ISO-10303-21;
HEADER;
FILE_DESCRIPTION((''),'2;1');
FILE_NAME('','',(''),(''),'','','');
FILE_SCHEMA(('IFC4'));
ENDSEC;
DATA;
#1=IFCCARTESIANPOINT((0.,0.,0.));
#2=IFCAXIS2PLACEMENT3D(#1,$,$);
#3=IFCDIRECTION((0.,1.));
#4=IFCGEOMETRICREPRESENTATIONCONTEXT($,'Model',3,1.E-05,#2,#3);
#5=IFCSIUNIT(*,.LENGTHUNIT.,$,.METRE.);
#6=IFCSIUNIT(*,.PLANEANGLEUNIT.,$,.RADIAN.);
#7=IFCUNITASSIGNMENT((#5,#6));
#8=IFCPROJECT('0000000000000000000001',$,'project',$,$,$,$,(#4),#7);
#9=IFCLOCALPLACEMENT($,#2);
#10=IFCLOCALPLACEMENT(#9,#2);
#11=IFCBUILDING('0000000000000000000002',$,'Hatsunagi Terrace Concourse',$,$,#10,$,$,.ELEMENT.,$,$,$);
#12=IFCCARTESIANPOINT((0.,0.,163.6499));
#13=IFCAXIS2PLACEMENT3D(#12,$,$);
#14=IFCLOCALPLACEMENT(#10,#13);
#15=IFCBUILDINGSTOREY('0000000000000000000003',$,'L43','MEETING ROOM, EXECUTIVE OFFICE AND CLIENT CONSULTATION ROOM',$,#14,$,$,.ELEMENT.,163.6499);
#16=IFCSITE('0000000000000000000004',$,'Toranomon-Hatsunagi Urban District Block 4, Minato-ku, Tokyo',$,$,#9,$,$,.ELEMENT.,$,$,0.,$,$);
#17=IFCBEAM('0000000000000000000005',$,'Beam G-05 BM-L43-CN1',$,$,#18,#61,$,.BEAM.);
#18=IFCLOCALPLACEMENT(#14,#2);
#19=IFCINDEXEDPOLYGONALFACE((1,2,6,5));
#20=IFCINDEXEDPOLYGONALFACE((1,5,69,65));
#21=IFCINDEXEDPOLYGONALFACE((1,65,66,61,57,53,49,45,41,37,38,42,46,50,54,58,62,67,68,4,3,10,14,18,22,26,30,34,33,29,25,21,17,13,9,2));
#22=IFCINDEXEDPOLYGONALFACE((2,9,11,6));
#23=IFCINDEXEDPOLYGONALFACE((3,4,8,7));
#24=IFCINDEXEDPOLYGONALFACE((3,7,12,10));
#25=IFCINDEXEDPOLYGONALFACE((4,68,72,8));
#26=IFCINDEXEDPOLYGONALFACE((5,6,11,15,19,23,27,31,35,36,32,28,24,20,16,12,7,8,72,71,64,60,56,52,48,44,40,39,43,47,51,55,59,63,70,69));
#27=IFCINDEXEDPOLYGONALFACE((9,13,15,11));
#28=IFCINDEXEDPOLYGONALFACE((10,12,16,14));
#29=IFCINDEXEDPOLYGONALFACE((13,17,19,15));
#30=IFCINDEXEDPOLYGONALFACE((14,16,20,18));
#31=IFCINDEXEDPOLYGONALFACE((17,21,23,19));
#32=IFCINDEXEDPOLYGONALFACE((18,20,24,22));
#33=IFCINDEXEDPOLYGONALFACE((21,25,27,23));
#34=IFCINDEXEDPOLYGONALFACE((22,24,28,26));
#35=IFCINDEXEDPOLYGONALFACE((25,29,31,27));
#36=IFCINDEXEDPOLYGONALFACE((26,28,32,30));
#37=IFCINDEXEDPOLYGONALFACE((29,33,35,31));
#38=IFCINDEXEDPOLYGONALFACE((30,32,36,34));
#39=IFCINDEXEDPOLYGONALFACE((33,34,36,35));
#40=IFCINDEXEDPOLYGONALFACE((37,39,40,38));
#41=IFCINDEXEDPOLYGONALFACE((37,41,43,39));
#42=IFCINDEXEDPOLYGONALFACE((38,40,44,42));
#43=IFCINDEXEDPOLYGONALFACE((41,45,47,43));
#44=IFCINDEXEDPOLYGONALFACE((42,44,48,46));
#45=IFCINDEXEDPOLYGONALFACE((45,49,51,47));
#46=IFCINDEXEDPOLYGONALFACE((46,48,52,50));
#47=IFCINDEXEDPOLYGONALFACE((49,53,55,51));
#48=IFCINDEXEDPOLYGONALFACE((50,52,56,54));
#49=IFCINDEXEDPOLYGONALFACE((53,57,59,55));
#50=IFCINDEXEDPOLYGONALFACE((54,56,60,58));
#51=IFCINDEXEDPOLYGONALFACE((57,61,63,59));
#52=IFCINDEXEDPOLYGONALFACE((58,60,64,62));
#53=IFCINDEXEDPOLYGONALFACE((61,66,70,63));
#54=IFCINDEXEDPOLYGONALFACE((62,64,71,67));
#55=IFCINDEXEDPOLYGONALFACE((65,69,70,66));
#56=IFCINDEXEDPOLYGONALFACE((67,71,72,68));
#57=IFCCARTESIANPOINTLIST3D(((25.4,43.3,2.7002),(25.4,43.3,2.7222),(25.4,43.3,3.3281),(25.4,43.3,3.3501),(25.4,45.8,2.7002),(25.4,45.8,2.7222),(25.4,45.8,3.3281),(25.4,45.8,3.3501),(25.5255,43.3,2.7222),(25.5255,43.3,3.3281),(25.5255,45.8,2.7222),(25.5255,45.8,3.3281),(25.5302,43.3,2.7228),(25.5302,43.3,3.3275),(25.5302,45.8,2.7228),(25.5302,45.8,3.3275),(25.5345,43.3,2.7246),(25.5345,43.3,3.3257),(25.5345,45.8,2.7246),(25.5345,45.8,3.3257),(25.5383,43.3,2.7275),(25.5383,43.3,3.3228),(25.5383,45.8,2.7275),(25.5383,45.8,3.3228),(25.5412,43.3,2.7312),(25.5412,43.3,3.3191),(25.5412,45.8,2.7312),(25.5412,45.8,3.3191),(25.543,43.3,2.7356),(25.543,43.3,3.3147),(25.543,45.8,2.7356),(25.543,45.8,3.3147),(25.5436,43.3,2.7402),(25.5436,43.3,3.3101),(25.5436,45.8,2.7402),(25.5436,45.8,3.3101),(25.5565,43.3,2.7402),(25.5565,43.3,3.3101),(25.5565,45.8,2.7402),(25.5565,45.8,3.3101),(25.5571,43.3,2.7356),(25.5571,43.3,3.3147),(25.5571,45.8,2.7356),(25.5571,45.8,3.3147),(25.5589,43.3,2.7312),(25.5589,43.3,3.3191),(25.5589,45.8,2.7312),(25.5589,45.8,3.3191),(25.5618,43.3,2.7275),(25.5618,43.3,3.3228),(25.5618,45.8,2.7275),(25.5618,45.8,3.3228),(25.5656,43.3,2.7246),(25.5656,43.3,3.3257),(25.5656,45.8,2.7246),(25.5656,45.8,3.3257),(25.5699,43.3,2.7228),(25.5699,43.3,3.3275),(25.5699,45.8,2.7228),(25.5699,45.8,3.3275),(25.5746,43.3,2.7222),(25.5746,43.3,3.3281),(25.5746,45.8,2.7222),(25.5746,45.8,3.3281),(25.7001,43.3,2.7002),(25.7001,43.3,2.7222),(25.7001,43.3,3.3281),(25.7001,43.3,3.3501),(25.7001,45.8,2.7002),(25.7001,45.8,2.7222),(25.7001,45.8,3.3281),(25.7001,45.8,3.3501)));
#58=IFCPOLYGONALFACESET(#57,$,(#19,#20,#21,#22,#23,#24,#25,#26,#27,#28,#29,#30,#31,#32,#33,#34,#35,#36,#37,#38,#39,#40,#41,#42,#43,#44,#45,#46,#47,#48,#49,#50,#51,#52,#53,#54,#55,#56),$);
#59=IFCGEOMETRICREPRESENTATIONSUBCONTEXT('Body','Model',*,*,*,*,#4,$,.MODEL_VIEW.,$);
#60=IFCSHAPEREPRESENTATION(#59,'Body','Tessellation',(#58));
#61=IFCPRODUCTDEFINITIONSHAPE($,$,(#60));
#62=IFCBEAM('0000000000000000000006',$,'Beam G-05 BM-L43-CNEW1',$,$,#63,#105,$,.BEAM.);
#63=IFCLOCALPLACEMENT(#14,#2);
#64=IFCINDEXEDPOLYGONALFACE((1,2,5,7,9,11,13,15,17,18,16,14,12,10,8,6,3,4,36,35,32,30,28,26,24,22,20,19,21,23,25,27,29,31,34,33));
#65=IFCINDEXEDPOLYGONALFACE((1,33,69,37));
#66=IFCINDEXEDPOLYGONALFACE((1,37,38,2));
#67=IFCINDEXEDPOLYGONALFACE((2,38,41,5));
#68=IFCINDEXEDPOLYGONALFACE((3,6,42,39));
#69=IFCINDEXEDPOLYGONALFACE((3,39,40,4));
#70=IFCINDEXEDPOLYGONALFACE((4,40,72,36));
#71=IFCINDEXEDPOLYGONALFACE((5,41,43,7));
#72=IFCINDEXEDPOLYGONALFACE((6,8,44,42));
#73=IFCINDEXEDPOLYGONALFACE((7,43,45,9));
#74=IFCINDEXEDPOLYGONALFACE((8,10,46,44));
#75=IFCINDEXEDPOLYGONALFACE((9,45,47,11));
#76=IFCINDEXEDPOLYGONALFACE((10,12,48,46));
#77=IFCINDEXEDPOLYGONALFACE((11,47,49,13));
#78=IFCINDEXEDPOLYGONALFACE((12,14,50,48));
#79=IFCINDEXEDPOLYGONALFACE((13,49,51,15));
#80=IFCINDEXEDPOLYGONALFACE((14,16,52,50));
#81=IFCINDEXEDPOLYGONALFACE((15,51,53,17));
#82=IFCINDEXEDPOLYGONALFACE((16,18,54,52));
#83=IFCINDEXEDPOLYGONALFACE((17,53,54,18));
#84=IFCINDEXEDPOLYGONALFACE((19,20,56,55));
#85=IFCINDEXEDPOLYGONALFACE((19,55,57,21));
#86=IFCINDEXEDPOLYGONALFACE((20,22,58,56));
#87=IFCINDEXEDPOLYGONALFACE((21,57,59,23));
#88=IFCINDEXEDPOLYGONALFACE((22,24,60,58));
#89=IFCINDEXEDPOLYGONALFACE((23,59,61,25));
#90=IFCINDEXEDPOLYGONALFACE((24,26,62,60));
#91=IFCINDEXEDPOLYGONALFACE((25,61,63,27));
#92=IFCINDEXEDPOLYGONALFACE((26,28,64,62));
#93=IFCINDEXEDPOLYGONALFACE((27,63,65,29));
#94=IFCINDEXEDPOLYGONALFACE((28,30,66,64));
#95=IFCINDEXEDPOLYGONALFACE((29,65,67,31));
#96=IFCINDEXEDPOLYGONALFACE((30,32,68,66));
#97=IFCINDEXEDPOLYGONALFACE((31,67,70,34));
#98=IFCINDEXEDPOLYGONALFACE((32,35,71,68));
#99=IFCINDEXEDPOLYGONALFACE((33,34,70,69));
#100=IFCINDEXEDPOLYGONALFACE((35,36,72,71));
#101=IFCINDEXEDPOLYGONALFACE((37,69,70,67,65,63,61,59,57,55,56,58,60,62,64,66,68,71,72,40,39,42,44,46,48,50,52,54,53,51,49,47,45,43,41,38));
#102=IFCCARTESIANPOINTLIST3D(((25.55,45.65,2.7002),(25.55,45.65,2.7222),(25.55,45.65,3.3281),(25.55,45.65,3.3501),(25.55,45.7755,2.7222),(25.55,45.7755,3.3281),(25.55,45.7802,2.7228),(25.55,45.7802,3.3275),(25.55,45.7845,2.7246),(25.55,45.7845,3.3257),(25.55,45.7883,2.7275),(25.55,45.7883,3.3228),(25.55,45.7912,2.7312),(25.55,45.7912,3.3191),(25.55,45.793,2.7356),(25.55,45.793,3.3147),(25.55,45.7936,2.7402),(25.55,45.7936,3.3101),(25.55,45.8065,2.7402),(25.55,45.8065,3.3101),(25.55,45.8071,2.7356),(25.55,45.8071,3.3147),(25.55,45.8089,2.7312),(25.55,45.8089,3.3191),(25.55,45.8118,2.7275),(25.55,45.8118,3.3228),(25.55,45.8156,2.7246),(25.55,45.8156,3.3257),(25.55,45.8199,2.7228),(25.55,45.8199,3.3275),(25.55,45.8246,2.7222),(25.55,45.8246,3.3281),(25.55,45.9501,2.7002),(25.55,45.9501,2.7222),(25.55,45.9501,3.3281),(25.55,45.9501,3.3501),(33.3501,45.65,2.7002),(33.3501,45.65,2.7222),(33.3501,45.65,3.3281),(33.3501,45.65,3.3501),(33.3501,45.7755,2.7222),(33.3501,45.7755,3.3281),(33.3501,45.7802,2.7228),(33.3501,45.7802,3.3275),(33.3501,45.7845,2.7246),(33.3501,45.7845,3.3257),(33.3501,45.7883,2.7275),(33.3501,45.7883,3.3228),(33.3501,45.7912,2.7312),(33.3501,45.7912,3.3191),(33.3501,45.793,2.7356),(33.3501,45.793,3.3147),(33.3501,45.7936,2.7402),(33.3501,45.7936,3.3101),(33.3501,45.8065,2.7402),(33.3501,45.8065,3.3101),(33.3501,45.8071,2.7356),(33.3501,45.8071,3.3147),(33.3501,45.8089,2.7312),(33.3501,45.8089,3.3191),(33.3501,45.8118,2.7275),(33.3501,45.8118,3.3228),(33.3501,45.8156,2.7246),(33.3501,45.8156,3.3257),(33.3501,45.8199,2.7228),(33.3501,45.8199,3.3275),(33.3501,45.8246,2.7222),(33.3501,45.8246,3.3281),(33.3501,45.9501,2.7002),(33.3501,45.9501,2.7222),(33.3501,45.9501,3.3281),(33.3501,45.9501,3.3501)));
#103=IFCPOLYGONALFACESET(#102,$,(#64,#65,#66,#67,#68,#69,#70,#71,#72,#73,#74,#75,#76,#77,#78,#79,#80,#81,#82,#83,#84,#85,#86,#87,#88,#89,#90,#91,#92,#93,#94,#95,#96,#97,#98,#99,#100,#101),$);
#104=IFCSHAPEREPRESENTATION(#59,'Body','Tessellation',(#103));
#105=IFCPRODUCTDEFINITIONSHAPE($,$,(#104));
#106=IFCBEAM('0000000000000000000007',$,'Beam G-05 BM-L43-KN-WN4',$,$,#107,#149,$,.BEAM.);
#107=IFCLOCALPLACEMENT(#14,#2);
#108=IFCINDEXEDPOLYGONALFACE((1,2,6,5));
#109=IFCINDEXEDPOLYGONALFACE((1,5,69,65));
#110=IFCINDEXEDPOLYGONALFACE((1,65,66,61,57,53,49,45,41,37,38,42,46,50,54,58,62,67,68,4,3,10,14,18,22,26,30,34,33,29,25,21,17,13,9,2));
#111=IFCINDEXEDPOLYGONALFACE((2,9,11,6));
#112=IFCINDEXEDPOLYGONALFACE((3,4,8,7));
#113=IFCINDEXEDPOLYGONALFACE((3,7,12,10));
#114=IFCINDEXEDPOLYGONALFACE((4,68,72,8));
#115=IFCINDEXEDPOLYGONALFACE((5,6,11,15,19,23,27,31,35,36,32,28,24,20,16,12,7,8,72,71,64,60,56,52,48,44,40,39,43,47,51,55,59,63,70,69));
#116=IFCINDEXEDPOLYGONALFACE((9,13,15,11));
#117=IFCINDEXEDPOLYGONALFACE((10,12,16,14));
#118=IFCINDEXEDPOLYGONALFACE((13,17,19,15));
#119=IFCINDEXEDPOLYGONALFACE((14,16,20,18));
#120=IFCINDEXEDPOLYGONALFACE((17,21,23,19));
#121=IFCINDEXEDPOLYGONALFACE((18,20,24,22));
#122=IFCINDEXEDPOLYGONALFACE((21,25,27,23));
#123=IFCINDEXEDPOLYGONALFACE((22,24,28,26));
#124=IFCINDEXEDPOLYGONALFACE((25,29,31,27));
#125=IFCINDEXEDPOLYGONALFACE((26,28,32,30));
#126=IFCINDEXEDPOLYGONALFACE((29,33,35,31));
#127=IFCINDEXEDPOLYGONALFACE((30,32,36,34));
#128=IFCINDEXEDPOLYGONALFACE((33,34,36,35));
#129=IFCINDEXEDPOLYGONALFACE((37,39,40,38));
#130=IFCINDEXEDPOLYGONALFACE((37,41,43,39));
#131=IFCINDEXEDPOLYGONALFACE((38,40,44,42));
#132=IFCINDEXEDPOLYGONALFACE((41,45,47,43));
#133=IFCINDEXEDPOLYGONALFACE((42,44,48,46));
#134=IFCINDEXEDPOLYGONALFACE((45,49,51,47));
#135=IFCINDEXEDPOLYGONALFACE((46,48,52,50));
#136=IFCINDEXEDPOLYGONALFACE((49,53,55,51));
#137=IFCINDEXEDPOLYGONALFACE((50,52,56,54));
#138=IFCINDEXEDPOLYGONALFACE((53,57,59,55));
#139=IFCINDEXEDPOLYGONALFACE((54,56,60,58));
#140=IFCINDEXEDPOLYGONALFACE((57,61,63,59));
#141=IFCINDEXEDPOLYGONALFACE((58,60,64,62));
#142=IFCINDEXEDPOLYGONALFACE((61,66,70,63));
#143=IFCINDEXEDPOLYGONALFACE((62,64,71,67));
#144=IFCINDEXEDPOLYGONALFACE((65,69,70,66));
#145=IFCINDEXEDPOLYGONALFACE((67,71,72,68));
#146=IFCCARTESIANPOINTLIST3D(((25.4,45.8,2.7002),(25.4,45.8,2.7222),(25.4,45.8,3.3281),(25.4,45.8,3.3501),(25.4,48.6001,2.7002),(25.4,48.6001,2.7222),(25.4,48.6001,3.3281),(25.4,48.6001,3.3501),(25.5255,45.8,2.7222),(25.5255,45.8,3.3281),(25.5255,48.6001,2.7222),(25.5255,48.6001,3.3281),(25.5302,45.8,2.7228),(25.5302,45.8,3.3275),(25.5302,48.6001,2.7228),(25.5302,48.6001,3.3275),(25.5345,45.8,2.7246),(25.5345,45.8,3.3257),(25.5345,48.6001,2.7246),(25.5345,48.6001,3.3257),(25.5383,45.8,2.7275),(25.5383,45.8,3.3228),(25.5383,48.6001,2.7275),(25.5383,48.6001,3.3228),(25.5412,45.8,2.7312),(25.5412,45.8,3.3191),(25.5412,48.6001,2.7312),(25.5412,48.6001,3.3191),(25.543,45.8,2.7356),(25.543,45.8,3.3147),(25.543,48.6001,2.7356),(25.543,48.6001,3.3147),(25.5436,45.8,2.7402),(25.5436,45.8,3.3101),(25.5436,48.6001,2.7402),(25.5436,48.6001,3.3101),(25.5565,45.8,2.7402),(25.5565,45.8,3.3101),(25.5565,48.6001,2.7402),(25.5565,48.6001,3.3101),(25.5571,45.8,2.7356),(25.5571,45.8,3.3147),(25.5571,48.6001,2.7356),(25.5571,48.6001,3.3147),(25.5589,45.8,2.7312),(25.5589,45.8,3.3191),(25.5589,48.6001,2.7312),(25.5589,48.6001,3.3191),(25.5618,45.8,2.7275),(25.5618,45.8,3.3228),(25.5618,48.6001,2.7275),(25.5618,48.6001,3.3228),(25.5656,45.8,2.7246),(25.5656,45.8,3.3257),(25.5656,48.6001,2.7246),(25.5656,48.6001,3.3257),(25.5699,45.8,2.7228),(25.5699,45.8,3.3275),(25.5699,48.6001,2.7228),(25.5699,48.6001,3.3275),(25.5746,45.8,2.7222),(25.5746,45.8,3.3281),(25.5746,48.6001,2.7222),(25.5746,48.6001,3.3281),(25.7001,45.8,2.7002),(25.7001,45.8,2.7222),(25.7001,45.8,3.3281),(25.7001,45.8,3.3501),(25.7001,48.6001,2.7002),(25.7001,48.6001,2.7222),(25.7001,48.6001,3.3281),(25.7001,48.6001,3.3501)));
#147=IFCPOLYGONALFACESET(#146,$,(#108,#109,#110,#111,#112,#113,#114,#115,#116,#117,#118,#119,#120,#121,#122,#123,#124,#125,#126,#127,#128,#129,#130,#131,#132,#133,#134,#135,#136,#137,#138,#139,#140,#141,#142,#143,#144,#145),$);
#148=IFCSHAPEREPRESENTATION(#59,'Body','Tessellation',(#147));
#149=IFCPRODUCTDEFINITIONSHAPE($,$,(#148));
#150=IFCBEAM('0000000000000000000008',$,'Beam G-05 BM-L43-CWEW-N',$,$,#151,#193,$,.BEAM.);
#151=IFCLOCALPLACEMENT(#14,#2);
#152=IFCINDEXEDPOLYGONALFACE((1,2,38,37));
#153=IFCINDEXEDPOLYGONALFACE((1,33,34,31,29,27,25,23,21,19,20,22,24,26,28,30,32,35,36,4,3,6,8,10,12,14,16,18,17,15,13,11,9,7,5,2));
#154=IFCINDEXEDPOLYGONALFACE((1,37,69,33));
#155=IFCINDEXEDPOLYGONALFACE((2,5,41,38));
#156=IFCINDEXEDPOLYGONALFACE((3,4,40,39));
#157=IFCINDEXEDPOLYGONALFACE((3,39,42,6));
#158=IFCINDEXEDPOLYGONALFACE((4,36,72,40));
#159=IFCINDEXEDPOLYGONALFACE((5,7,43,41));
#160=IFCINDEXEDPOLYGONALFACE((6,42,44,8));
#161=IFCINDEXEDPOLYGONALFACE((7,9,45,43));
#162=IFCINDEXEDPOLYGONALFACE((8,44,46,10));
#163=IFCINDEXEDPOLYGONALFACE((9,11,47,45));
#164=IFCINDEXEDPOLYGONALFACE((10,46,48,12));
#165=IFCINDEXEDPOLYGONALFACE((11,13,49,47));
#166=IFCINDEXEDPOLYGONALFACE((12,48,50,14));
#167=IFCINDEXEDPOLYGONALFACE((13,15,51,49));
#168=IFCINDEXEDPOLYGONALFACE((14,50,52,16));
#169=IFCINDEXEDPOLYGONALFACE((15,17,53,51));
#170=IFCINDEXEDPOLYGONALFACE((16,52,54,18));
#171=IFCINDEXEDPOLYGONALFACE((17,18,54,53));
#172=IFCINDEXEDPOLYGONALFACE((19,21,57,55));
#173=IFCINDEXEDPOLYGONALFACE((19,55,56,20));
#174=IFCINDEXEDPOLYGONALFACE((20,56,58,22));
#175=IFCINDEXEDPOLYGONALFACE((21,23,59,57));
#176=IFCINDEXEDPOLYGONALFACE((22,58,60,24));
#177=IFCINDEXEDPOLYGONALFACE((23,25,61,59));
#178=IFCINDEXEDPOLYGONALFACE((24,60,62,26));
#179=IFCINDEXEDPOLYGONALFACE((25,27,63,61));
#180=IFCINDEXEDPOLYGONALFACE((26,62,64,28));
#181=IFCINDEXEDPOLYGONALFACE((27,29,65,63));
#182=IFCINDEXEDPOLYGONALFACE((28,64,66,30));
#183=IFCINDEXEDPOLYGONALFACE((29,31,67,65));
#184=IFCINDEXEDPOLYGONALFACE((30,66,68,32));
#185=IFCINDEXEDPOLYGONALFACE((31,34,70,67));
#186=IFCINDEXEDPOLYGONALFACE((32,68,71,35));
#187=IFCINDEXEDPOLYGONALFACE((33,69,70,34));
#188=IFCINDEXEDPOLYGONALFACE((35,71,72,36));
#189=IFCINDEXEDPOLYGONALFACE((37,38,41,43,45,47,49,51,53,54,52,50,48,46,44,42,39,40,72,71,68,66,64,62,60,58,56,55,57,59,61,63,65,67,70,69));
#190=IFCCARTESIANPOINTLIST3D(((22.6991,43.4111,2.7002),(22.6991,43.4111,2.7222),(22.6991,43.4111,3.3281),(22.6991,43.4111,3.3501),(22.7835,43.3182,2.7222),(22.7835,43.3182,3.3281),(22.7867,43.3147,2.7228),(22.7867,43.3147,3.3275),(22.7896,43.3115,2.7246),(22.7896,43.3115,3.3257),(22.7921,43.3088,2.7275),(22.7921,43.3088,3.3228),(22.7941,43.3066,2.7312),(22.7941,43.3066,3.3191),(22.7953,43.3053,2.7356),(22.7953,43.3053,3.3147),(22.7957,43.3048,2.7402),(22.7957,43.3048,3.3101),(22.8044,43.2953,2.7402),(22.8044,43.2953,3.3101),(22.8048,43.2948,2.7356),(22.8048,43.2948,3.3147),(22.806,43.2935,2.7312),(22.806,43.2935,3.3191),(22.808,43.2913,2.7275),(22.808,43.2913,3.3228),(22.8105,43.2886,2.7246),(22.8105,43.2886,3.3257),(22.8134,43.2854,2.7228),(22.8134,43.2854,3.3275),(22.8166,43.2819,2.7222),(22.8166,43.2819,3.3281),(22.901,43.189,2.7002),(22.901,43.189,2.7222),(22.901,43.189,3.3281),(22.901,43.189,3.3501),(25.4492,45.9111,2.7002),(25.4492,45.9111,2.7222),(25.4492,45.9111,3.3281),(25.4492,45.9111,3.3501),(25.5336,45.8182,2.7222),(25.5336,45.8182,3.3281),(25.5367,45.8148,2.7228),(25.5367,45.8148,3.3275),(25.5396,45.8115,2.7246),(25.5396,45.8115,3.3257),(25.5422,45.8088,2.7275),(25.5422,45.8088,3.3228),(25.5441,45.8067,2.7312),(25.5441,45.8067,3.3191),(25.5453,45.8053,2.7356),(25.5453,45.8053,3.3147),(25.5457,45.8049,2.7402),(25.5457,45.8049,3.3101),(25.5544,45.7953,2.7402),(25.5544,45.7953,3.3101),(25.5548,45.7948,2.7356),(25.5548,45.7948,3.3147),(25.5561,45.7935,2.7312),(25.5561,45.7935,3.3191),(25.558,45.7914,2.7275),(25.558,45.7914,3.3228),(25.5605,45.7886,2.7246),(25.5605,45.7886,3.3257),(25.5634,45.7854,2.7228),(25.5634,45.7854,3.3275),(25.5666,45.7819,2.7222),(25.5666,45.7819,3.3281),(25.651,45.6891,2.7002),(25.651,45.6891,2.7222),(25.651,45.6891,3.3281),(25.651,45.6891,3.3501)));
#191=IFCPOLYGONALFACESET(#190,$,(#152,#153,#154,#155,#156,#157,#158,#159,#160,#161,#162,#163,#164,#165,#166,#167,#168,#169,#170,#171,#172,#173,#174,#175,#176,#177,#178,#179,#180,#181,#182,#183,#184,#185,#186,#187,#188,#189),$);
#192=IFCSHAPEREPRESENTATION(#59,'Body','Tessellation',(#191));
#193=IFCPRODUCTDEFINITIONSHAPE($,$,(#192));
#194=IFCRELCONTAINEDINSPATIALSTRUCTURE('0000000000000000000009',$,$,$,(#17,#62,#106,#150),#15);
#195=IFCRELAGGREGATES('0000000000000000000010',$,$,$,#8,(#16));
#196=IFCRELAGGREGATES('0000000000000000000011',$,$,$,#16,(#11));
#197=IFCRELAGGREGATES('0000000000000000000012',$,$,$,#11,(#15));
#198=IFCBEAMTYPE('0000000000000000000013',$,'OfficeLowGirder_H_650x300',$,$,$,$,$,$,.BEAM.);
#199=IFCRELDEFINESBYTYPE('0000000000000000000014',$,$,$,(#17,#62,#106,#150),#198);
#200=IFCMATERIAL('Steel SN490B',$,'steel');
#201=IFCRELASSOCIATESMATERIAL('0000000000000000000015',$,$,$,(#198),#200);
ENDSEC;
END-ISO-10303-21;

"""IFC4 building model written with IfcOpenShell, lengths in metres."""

from ifc_helpers import new_model, si_unit, direction, frame, origin, origin_2d, place, context, subcontext, project, spatial, i_section, extrude, material, material_profile, profile_set, type_object, element, save


model = new_model("IFC4")

# Units and contexts
model_context = context("Model", 3, precision=1e-05, world=origin(), true_north=direction((0.0, 1.0)))
body_context = subcontext(model_context, "Body", "Model", "MODEL_VIEW")
ifc_project = project(units=[si_unit("LENGTHUNIT", "METRE"), si_unit("PLANEANGLEUNIT", "RADIAN")], contexts=[model_context])

# Site, building, storey
site_placement = place(None, origin())
site = spatial("IfcSite", under=ifc_project, at=site_placement, Name="Toranomon-Hatsunagi Urban District Block 4, Minato-ku, Tokyo", CompositionType="ELEMENT", RefElevation=0.0)
building_placement = place(site_placement, origin())
building = spatial("IfcBuilding", under=site, at=building_placement, Name="Hatsunagi Terrace Concourse", CompositionType="ELEMENT")
storey_placement = place(building_placement, frame((0.0, 0.0, 163.6499)))
storey = spatial("IfcBuildingStorey", under=building, at=storey_placement, Name="L43", Description="MEETING ROOM, EXECUTIVE OFFICE AND CLIENT CONSULTATION ROOM", CompositionType="ELEMENT", Elevation=163.6499)

# Beams
ifc_material_1 = material(Name="Steel SN490B", Category="steel")
ifc_material_profile_1 = material_profile(ifc_material_1, i_section(OverallWidth=0.3, OverallDepth=0.6499, WebThickness=0.0129, FlangeThickness=0.022, FilletRadius=0.0181, at=origin_2d()), Name="H-650x300x13x22")
ifc_profile_set_1 = profile_set([ifc_material_profile_1], Name="Steel SN490B")
beam_type_1 = type_object("IfcBeamType", Name="OfficeLowGirder_H_650x300", PredefinedType="BEAM", material=ifc_profile_set_1)
beam_1_placement = place(storey_placement, frame((25.55, 43.3, 3.0251), z_axis=(0.0, 1.0, 0.0), x_axis=(-1.0, 0.0, 0.0)))
element("IfcBeam", 1, at=beam_1_placement, inside=storey, type_object=beam_type_1, Name="Beam G-05 BM-L43-CN1", PredefinedType="BEAM", context=body_context, shape_type="SweptSolid", body=[
    extrude(i_section(OverallWidth=0.3, OverallDepth=0.6499, WebThickness=0.0129, FlangeThickness=0.022, FilletRadius=0.0181, at=origin_2d()), origin(), (0.0, 0.0, 1.0), 2.5),
])
beam_2_placement = place(storey_placement, frame((25.55, 45.8, 3.0251), z_axis=(1.0, 0.0, 0.0), x_axis=(0.0, 1.0, 0.0)))
element("IfcBeam", 2, at=beam_2_placement, inside=storey, type_object=beam_type_1, Name="Beam G-05 BM-L43-CNEW1", PredefinedType="BEAM", context=body_context, shape_type="SweptSolid", body=[
    extrude(i_section(OverallWidth=0.3, OverallDepth=0.6499, WebThickness=0.0129, FlangeThickness=0.022, FilletRadius=0.0181, at=origin_2d()), origin(), (0.0, 0.0, 1.0), 7.8),
])
beam_3_placement = place(storey_placement, frame((25.55, 45.8, 3.0251), z_axis=(0.0, 1.0, 0.0), x_axis=(-1.0, 0.0, 0.0)))
element("IfcBeam", 3, at=beam_3_placement, inside=storey, type_object=beam_type_1, Name="Beam G-05 BM-L43-KN-WN4", PredefinedType="BEAM", context=body_context, shape_type="SweptSolid", body=[
    extrude(i_section(OverallWidth=0.3, OverallDepth=0.6499, WebThickness=0.0129, FlangeThickness=0.022, FilletRadius=0.0181, at=origin_2d()), origin(), (0.0, 0.0, 1.0), 2.8),
])
beam_4_placement = place(storey_placement, frame((22.8, 43.3, 3.0251), z_axis=(0.73994, 0.672673, 0.0), x_axis=(-0.672673, 0.73994, 0.0)))
element("IfcBeam", 4, at=beam_4_placement, inside=storey, type_object=beam_type_1, Name="Beam G-05 BM-L43-CWEW-N", PredefinedType="BEAM", context=body_context, shape_type="SweptSolid", body=[
    extrude(i_section(OverallWidth=0.3, OverallDepth=0.6499, WebThickness=0.0129, FlangeThickness=0.022, FilletRadius=0.0181, at=origin_2d()), origin(), (0.0, 0.0, 1.0), 3.7166),
])

save(model, "model.ifc")
